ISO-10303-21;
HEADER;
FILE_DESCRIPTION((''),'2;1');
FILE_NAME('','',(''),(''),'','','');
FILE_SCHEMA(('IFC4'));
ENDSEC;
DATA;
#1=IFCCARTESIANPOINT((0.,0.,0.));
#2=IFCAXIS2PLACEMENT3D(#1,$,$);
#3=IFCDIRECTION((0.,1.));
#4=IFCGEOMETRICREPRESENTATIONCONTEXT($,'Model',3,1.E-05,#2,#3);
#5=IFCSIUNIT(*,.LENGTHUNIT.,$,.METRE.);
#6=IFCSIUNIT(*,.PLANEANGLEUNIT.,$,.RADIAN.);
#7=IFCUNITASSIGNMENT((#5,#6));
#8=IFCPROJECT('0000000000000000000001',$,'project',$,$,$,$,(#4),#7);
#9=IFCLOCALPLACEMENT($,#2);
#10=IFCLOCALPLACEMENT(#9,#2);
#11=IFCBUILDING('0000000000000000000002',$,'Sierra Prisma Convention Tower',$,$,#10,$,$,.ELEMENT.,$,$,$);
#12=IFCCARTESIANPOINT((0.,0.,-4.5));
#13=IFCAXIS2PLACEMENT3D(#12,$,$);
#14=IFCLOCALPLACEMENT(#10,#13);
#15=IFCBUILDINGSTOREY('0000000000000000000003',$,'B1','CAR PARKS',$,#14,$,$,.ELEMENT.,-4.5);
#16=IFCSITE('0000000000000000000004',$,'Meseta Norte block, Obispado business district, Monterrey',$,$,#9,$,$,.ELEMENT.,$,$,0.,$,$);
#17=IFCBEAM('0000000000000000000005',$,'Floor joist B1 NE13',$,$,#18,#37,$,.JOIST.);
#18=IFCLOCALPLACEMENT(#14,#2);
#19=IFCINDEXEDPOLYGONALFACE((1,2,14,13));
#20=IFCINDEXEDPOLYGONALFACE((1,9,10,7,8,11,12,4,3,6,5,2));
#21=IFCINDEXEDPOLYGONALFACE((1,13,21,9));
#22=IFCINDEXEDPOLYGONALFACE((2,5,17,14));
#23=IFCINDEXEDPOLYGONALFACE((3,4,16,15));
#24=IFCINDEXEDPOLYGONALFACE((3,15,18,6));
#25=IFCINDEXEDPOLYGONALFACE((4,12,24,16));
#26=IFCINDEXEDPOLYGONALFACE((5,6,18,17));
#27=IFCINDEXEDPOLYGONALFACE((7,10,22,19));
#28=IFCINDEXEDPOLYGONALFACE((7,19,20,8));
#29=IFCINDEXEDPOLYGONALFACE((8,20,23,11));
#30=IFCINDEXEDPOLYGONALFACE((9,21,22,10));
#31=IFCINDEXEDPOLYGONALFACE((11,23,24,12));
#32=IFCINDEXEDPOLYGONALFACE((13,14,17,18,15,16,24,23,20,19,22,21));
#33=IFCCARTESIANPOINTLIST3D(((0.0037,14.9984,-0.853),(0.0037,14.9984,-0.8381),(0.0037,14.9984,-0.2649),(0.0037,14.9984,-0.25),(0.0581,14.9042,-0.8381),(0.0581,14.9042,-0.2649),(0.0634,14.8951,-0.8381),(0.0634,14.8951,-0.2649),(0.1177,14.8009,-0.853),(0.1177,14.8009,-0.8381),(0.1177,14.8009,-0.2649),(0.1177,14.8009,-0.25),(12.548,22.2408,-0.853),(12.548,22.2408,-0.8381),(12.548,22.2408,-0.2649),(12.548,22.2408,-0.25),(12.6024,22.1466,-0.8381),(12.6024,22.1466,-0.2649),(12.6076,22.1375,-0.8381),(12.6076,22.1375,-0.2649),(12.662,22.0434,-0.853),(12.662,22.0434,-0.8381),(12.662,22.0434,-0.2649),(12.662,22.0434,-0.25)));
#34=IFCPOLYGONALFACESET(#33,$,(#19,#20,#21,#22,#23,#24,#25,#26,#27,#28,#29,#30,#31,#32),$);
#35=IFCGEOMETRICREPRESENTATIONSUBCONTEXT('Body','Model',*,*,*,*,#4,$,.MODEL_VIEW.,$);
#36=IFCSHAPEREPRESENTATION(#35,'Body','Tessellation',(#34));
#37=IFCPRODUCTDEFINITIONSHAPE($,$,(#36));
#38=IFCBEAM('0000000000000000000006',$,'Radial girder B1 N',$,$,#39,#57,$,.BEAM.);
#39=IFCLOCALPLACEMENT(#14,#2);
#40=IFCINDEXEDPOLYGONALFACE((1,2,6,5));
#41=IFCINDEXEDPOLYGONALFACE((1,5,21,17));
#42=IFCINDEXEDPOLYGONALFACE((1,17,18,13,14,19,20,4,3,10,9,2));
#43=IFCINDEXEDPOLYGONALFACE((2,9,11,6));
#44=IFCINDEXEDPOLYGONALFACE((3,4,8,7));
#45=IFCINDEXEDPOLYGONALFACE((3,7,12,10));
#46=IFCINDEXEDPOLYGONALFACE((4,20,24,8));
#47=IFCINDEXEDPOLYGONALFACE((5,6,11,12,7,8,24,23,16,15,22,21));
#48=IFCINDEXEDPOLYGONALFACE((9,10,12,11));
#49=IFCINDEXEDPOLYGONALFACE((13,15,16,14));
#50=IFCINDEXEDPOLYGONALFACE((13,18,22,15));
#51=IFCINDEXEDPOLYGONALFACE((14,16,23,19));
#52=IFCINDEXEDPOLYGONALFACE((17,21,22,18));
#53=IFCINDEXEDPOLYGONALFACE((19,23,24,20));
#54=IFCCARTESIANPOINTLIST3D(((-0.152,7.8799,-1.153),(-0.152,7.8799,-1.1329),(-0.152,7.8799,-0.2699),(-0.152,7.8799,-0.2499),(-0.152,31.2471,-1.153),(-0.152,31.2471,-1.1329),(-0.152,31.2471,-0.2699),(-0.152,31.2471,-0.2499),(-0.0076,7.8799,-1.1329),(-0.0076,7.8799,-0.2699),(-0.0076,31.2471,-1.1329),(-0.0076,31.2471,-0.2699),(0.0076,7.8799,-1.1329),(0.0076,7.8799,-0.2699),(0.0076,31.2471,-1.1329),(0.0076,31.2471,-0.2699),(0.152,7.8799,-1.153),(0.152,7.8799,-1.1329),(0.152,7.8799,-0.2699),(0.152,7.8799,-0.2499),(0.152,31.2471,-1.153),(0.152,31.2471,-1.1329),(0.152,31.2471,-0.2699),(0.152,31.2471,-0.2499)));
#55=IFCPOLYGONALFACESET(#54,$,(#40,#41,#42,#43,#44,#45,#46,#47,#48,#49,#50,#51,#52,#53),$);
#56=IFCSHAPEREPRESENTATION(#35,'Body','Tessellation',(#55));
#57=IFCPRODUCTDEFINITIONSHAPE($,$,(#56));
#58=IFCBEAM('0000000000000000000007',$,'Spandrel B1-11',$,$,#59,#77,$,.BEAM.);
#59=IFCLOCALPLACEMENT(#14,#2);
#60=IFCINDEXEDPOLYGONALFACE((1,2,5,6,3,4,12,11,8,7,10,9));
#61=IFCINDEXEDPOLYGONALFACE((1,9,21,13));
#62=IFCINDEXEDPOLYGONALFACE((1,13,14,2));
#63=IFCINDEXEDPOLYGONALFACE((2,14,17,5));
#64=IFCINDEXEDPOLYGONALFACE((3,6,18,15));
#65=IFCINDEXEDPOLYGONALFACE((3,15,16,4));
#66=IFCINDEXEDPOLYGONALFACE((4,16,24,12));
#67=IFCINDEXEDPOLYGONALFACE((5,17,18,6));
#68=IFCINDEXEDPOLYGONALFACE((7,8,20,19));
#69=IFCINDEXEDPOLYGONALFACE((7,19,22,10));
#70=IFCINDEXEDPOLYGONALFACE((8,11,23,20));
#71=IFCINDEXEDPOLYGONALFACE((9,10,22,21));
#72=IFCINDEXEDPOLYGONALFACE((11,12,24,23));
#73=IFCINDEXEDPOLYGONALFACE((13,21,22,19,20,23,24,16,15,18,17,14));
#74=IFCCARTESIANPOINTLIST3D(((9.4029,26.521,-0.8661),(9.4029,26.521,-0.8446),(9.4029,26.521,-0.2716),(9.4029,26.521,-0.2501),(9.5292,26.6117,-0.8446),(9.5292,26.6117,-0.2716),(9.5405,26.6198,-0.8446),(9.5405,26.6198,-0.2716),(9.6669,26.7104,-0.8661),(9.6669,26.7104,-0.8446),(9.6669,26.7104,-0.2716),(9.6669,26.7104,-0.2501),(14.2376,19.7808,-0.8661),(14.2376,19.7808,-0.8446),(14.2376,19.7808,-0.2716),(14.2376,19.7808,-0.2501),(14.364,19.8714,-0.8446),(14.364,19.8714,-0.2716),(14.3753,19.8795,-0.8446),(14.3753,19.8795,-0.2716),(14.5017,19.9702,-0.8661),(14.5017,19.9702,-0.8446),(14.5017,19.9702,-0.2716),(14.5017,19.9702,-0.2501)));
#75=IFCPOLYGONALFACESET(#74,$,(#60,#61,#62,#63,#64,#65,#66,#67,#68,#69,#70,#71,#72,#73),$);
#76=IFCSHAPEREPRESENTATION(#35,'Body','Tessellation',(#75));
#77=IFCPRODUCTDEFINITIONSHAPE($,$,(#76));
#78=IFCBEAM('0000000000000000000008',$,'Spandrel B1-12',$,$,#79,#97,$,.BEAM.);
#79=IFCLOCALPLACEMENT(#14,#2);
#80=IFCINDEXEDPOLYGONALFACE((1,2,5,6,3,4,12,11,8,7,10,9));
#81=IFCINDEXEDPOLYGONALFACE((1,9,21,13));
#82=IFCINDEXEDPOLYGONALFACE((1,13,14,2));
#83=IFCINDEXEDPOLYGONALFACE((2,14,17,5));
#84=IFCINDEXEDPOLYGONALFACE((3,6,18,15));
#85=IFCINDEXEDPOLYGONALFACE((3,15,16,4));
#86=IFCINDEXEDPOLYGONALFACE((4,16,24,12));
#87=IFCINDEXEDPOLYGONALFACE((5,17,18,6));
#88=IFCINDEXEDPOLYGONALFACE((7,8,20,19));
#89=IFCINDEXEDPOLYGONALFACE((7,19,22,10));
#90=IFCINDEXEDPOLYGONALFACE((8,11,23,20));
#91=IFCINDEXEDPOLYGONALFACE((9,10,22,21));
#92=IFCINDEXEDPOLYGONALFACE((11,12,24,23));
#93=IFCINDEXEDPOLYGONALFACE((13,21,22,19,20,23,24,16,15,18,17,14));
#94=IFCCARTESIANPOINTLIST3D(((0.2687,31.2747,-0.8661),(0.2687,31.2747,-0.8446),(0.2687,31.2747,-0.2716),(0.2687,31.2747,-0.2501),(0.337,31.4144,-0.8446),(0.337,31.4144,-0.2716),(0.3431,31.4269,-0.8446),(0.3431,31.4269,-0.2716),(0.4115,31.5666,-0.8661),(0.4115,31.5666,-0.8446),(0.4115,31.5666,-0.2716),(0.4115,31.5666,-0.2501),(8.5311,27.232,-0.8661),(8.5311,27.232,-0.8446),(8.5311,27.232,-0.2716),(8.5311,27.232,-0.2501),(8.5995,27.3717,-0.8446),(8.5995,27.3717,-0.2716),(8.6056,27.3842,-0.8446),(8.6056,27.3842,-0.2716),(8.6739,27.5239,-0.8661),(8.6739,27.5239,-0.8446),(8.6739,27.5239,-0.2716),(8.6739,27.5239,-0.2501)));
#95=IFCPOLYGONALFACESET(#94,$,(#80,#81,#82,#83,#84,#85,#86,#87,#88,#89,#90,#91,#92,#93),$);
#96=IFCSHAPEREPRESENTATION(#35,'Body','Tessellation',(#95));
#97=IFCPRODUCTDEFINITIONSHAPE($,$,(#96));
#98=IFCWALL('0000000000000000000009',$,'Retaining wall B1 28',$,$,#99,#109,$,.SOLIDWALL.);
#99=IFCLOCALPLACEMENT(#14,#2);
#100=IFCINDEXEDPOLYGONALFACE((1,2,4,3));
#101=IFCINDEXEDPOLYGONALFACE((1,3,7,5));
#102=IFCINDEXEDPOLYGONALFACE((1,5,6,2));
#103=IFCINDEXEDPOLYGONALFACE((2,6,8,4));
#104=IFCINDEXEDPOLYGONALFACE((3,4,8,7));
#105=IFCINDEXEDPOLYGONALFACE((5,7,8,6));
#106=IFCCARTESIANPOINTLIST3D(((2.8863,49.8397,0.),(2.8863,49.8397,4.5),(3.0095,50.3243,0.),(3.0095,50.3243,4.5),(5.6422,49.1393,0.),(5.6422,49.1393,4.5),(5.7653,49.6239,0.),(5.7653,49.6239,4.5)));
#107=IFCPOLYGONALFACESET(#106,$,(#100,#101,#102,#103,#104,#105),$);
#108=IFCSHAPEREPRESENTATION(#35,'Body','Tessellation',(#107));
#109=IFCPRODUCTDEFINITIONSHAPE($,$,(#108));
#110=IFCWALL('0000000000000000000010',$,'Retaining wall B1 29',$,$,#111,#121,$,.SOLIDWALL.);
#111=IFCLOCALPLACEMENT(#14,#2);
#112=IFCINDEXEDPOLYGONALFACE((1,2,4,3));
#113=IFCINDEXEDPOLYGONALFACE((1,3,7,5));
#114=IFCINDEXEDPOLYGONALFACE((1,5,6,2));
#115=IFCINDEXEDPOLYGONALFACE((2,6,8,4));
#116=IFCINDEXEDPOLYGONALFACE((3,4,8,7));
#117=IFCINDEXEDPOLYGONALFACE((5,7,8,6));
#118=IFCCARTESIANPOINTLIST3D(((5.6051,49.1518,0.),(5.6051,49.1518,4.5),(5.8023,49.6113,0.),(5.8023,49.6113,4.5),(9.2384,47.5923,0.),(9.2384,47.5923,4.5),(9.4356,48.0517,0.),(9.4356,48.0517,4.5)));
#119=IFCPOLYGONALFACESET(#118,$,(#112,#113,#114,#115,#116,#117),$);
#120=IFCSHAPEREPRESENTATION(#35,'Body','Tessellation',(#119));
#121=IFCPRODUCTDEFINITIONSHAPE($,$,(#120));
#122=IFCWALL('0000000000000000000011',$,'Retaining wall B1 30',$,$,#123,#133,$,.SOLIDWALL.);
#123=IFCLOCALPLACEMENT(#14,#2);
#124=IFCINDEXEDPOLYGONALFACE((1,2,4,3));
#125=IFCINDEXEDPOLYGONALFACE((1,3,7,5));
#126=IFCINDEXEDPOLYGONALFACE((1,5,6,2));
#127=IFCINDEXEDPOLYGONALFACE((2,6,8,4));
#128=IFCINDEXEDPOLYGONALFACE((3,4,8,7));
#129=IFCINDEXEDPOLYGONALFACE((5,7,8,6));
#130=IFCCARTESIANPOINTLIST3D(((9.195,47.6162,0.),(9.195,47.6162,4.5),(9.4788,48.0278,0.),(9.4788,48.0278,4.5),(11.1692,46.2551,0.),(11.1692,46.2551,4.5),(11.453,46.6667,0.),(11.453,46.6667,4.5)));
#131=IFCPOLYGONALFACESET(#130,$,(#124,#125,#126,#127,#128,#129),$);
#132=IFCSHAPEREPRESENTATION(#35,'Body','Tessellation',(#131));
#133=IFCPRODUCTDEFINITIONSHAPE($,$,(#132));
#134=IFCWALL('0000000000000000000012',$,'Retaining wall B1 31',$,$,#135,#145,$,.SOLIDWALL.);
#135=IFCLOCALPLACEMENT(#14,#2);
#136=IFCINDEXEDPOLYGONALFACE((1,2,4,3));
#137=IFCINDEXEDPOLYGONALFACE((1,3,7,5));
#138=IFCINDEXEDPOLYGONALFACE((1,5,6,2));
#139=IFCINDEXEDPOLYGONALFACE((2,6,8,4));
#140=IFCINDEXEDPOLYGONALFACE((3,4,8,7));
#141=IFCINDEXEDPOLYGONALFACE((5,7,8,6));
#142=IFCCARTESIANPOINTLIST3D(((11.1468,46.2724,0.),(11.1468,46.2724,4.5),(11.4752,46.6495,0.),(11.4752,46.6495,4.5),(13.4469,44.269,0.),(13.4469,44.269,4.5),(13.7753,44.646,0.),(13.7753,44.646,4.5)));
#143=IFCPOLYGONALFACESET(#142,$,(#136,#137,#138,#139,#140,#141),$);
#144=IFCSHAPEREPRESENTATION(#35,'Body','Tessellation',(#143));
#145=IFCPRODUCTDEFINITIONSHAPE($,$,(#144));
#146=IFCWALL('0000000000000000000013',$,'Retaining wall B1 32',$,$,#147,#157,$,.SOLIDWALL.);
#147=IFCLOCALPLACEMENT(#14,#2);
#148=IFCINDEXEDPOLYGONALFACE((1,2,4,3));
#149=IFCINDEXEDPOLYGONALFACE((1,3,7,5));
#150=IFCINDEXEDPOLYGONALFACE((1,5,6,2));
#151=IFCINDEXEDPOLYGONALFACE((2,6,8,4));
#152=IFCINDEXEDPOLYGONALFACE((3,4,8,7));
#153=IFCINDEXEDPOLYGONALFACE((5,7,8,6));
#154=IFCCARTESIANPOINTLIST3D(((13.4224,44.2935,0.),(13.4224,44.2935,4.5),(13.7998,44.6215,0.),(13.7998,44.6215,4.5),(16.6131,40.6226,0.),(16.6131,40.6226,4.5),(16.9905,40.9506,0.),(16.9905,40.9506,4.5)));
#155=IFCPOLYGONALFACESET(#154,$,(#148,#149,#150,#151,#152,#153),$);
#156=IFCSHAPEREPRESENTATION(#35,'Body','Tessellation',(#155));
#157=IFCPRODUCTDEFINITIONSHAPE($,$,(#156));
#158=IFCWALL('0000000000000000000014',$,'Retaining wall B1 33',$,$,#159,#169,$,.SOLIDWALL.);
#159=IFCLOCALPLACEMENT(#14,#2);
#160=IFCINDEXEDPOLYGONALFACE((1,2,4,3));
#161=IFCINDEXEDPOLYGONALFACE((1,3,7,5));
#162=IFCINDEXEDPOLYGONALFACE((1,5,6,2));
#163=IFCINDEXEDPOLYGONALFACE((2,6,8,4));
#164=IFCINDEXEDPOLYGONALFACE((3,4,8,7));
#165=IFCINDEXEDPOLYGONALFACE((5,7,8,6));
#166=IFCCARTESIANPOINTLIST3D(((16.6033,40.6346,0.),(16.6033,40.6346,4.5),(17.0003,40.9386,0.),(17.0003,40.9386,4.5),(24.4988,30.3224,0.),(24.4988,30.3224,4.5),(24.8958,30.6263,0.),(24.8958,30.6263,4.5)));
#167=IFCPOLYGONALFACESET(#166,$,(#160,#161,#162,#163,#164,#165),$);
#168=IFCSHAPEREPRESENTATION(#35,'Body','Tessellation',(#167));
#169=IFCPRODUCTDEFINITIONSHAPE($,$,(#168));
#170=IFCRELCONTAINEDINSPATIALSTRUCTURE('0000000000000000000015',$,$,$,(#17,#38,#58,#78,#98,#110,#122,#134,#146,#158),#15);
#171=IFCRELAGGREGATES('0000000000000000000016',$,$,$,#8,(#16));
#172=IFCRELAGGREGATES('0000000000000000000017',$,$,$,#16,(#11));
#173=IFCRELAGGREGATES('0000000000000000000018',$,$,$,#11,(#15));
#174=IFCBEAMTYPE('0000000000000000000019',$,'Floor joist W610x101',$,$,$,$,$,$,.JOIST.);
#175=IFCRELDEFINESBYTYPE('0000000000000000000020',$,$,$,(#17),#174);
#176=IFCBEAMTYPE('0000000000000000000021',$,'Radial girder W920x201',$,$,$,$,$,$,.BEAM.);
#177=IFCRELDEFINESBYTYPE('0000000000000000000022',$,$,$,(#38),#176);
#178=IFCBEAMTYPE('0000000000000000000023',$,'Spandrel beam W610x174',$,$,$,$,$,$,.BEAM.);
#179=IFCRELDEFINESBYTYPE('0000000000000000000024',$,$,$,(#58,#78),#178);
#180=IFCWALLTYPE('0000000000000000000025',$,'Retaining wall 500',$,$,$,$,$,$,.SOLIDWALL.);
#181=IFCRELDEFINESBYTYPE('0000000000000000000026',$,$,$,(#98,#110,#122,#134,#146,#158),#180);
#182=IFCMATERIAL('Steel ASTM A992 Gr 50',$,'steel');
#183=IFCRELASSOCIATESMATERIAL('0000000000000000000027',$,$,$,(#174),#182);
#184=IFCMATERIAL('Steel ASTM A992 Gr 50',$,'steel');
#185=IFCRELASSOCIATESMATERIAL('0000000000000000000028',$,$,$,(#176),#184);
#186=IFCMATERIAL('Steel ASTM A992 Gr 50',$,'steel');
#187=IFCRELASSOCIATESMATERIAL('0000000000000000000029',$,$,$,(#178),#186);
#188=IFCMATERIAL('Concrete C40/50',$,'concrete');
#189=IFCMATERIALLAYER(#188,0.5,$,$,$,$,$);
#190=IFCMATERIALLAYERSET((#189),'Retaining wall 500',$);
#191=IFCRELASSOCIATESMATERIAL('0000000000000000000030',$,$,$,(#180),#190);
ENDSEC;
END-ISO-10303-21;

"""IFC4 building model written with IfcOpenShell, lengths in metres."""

from ifc_helpers import new_model, si_unit, direction, frame, frame_2d, origin, origin_2d, place, context, subcontext, project, spatial, rectangle, i_section, extrude, material, layer, layer_set, material_profile, profile_set, type_object, element, save


model = new_model("IFC4")

# Units and contexts
model_context = context("Model", 3, precision=1e-05, world=origin(), true_north=direction((0.0, 1.0)))
body_context = subcontext(model_context, "Body", "Model", "MODEL_VIEW")
ifc_project = project(units=[si_unit("LENGTHUNIT", "METRE"), si_unit("PLANEANGLEUNIT", "RADIAN")], contexts=[model_context])

# Site, building, storey
site_placement = place(None, origin())
site = spatial("IfcSite", under=ifc_project, at=site_placement, Name="Meseta Norte block, Obispado business district, Monterrey", CompositionType="ELEMENT", RefElevation=0.0)
building_placement = place(site_placement, origin())
building = spatial("IfcBuilding", under=site, at=building_placement, Name="Sierra Prisma Convention Tower", CompositionType="ELEMENT")
storey_placement = place(building_placement, frame((0.0, 0.0, -4.5)))
storey = spatial("IfcBuildingStorey", under=building, at=storey_placement, Name="B1", Description="CAR PARKS", CompositionType="ELEMENT", Elevation=-4.5)

# Beams
ifc_material_1 = material(Name="Steel ASTM A992 Gr 50", Category="steel")
ifc_material_profile_1 = material_profile(ifc_material_1, i_section(OverallWidth=0.228, OverallDepth=0.603, WebThickness=0.0105, FlangeThickness=0.0149, at=origin_2d()), Name="W610x101")
ifc_profile_set_1 = profile_set([ifc_material_profile_1], Name="Steel ASTM A992 Gr 50")
beam_type_1 = type_object("IfcBeamType", Name="Floor joist W610x101", PredefinedType="JOIST", material=ifc_profile_set_1)
beam_1_placement = place(storey_placement, frame((12.605, 22.1421, -0.5515), z_axis=(-0.866024, -0.500002, 0.0), x_axis=(0.500002, -0.866024, 0.0)))
element("IfcBeam", 1, at=beam_1_placement, inside=storey, type_object=beam_type_1, Name="Floor joist B1 NE13", PredefinedType="JOIST", context=body_context, shape_type="SweptSolid", body=[
    extrude(i_section(OverallWidth=0.228, OverallDepth=0.603, WebThickness=0.0105, FlangeThickness=0.0149, at=origin_2d()), origin(), (0.0, 0.0, 1.0), 14.4849),
])
ifc_material_2 = material(Name="Steel ASTM A992 Gr 50", Category="steel")
ifc_material_profile_2 = material_profile(ifc_material_2, i_section(OverallWidth=0.304, OverallDepth=0.9031, WebThickness=0.0151, FlangeThickness=0.02, at=origin_2d()), Name="W920x201")
ifc_profile_set_2 = profile_set([ifc_material_profile_2], Name="Steel ASTM A992 Gr 50")
beam_type_2 = type_object("IfcBeamType", Name="Radial girder W920x201", PredefinedType="BEAM", material=ifc_profile_set_2)
beam_2_placement = place(storey_placement, frame((0.0, 31.2471, -0.7014), z_axis=(0.0, -1.0, 0.0), x_axis=(1.0, 0.0, 0.0)))
element("IfcBeam", 2, at=beam_2_placement, inside=storey, type_object=beam_type_2, Name="Radial girder B1 N", PredefinedType="BEAM", context=body_context, shape_type="SweptSolid", body=[
    extrude(i_section(OverallWidth=0.304, OverallDepth=0.9031, WebThickness=0.0151, FlangeThickness=0.02, at=origin_2d()), origin(), (0.0, 0.0, 1.0), 23.3672),
])
ifc_material_3 = material(Name="Steel ASTM A992 Gr 50", Category="steel")
ifc_material_profile_3 = material_profile(ifc_material_3, i_section(OverallWidth=0.325, OverallDepth=0.616, WebThickness=0.0139, FlangeThickness=0.0215, at=origin_2d()), Name="W610x174")
ifc_profile_set_3 = profile_set([ifc_material_profile_3], Name="Steel ASTM A992 Gr 50")
beam_type_3 = type_object("IfcBeamType", Name="Spandrel beam W610x174", PredefinedType="BEAM", material=ifc_profile_set_3)
beam_3_placement = place(storey_placement, frame((14.3696, 19.8755, -0.5581), z_axis=(-0.582855, 0.812576, 0.0), x_axis=(-0.812576, -0.582855, 0.0)))
element("IfcBeam", 3, at=beam_3_placement, inside=storey, type_object=beam_type_3, Name="Spandrel B1-11", PredefinedType="BEAM", context=body_context, shape_type="SweptSolid", body=[
    extrude(i_section(OverallWidth=0.325, OverallDepth=0.616, WebThickness=0.0139, FlangeThickness=0.0215, at=origin_2d()), origin(), (0.0, 0.0, 1.0), 8.2949),
])
beam_4_placement = place(storey_placement, frame((8.6025, 27.3779, -0.5581), z_axis=(-0.898243, 0.4395, 0.0), x_axis=(-0.4395, -0.898243, 0.0)))
element("IfcBeam", 4, at=beam_4_placement, inside=storey, type_object=beam_type_3, Name="Spandrel B1-12", PredefinedType="BEAM", context=body_context, shape_type="SweptSolid", body=[
    extrude(i_section(OverallWidth=0.325, OverallDepth=0.616, WebThickness=0.0139, FlangeThickness=0.0215, at=origin_2d()), origin(), (0.0, 0.0, 1.0), 9.1985),
])

# Walls
ifc_material_4 = material(Name="Concrete C40/50", Category="concrete")
ifc_layer_1 = layer(ifc_material_4, 0.5)
ifc_layer_set_1 = layer_set([ifc_layer_1], Name="Retaining wall 500")
wall_type_1 = type_object("IfcWallType", Name="Retaining wall 500", PredefinedType="SOLIDWALL", material=ifc_layer_set_1)
wall_1_placement = place(storey_placement, frame((2.9478, 50.082, 0.0), z_axis=(0.0, 0.0, 1.0), x_axis=(0.969186, -0.246332, 0.0)))
element("IfcWall", 5, at=wall_1_placement, inside=storey, type_object=wall_type_1, Name="Retaining wall B1 28", PredefinedType="SOLIDWALL", context=body_context, shape_type="SweptSolid", body=[
    extrude(rectangle(XDim=2.8435, YDim=0.5, at=frame_2d((1.4219, 0.0))), origin(), (0.0, 0.0, 1.0), 4.5),
])
wall_2_placement = place(storey_placement, frame((5.7036, 49.3816, 0.0), z_axis=(0.0, 0.0, 1.0), x_axis=(0.918921, -0.394441, 0.0)))
element("IfcWall", 6, at=wall_2_placement, inside=storey, type_object=wall_type_1, Name="Retaining wall B1 29", PredefinedType="SOLIDWALL", context=body_context, shape_type="SweptSolid", body=[
    extrude(rectangle(XDim=3.9539, YDim=0.5, at=frame_2d((1.9771, 0.0))), origin(), (0.0, 0.0, 1.0), 4.5),
])
wall_3_placement = place(storey_placement, frame((9.3369, 47.822, 0.0), z_axis=(0.0, 0.0, 1.0), x_axis=(0.823287, -0.567626, 0.0)))
element("IfcWall", 7, at=wall_3_placement, inside=storey, type_object=wall_type_1, Name="Retaining wall B1 30", PredefinedType="SOLIDWALL", context=body_context, shape_type="SweptSolid", body=[
    extrude(rectangle(XDim=2.3979, YDim=0.5, at=frame_2d((1.199, 0.0))), origin(), (0.0, 0.0, 1.0), 4.5),
])
wall_4_placement = place(storey_placement, frame((11.311, 46.4609, 0.0), z_axis=(0.0, 0.0, 1.0), x_axis=(0.754057, -0.656809, 0.0)))
element("IfcWall", 8, at=wall_4_placement, inside=storey, type_object=wall_type_1, Name="Retaining wall B1 31", PredefinedType="SOLIDWALL", context=body_context, shape_type="SweptSolid", body=[
    extrude(rectangle(XDim=3.0503, YDim=0.5, at=frame_2d((1.5251, 0.0))), origin(), (0.0, 0.0, 1.0), 4.5),
])
wall_5_placement = place(storey_placement, frame((13.6111, 44.4575, 0.0), z_axis=(0.0, 0.0, 1.0), x_axis=(0.656013, -0.754749, 0.0)))
element("IfcWall", 9, at=wall_5_placement, inside=storey, type_object=wall_type_1, Name="Retaining wall B1 32", PredefinedType="SOLIDWALL", context=body_context, shape_type="SweptSolid", body=[
    extrude(rectangle(XDim=4.8638, YDim=0.5, at=frame_2d((2.4319, 0.0))), origin(), (0.0, 0.0, 1.0), 4.5),
])
wall_6_placement = place(storey_placement, frame((16.8018, 40.7866, 0.0), z_axis=(0.0, 0.0, 1.0), x_axis=(0.60792, -0.793999, 0.0)))
element("IfcWall", 10, at=wall_6_placement, inside=storey, type_object=wall_type_1, Name="Retaining wall B1 33", PredefinedType="SOLIDWALL", context=body_context, shape_type="SweptSolid", body=[
    extrude(rectangle(XDim=12.9878, YDim=0.5, at=frame_2d((6.4939, 0.0))), origin(), (0.0, 0.0, 1.0), 4.5),
])

save(model, "model.ifc")
